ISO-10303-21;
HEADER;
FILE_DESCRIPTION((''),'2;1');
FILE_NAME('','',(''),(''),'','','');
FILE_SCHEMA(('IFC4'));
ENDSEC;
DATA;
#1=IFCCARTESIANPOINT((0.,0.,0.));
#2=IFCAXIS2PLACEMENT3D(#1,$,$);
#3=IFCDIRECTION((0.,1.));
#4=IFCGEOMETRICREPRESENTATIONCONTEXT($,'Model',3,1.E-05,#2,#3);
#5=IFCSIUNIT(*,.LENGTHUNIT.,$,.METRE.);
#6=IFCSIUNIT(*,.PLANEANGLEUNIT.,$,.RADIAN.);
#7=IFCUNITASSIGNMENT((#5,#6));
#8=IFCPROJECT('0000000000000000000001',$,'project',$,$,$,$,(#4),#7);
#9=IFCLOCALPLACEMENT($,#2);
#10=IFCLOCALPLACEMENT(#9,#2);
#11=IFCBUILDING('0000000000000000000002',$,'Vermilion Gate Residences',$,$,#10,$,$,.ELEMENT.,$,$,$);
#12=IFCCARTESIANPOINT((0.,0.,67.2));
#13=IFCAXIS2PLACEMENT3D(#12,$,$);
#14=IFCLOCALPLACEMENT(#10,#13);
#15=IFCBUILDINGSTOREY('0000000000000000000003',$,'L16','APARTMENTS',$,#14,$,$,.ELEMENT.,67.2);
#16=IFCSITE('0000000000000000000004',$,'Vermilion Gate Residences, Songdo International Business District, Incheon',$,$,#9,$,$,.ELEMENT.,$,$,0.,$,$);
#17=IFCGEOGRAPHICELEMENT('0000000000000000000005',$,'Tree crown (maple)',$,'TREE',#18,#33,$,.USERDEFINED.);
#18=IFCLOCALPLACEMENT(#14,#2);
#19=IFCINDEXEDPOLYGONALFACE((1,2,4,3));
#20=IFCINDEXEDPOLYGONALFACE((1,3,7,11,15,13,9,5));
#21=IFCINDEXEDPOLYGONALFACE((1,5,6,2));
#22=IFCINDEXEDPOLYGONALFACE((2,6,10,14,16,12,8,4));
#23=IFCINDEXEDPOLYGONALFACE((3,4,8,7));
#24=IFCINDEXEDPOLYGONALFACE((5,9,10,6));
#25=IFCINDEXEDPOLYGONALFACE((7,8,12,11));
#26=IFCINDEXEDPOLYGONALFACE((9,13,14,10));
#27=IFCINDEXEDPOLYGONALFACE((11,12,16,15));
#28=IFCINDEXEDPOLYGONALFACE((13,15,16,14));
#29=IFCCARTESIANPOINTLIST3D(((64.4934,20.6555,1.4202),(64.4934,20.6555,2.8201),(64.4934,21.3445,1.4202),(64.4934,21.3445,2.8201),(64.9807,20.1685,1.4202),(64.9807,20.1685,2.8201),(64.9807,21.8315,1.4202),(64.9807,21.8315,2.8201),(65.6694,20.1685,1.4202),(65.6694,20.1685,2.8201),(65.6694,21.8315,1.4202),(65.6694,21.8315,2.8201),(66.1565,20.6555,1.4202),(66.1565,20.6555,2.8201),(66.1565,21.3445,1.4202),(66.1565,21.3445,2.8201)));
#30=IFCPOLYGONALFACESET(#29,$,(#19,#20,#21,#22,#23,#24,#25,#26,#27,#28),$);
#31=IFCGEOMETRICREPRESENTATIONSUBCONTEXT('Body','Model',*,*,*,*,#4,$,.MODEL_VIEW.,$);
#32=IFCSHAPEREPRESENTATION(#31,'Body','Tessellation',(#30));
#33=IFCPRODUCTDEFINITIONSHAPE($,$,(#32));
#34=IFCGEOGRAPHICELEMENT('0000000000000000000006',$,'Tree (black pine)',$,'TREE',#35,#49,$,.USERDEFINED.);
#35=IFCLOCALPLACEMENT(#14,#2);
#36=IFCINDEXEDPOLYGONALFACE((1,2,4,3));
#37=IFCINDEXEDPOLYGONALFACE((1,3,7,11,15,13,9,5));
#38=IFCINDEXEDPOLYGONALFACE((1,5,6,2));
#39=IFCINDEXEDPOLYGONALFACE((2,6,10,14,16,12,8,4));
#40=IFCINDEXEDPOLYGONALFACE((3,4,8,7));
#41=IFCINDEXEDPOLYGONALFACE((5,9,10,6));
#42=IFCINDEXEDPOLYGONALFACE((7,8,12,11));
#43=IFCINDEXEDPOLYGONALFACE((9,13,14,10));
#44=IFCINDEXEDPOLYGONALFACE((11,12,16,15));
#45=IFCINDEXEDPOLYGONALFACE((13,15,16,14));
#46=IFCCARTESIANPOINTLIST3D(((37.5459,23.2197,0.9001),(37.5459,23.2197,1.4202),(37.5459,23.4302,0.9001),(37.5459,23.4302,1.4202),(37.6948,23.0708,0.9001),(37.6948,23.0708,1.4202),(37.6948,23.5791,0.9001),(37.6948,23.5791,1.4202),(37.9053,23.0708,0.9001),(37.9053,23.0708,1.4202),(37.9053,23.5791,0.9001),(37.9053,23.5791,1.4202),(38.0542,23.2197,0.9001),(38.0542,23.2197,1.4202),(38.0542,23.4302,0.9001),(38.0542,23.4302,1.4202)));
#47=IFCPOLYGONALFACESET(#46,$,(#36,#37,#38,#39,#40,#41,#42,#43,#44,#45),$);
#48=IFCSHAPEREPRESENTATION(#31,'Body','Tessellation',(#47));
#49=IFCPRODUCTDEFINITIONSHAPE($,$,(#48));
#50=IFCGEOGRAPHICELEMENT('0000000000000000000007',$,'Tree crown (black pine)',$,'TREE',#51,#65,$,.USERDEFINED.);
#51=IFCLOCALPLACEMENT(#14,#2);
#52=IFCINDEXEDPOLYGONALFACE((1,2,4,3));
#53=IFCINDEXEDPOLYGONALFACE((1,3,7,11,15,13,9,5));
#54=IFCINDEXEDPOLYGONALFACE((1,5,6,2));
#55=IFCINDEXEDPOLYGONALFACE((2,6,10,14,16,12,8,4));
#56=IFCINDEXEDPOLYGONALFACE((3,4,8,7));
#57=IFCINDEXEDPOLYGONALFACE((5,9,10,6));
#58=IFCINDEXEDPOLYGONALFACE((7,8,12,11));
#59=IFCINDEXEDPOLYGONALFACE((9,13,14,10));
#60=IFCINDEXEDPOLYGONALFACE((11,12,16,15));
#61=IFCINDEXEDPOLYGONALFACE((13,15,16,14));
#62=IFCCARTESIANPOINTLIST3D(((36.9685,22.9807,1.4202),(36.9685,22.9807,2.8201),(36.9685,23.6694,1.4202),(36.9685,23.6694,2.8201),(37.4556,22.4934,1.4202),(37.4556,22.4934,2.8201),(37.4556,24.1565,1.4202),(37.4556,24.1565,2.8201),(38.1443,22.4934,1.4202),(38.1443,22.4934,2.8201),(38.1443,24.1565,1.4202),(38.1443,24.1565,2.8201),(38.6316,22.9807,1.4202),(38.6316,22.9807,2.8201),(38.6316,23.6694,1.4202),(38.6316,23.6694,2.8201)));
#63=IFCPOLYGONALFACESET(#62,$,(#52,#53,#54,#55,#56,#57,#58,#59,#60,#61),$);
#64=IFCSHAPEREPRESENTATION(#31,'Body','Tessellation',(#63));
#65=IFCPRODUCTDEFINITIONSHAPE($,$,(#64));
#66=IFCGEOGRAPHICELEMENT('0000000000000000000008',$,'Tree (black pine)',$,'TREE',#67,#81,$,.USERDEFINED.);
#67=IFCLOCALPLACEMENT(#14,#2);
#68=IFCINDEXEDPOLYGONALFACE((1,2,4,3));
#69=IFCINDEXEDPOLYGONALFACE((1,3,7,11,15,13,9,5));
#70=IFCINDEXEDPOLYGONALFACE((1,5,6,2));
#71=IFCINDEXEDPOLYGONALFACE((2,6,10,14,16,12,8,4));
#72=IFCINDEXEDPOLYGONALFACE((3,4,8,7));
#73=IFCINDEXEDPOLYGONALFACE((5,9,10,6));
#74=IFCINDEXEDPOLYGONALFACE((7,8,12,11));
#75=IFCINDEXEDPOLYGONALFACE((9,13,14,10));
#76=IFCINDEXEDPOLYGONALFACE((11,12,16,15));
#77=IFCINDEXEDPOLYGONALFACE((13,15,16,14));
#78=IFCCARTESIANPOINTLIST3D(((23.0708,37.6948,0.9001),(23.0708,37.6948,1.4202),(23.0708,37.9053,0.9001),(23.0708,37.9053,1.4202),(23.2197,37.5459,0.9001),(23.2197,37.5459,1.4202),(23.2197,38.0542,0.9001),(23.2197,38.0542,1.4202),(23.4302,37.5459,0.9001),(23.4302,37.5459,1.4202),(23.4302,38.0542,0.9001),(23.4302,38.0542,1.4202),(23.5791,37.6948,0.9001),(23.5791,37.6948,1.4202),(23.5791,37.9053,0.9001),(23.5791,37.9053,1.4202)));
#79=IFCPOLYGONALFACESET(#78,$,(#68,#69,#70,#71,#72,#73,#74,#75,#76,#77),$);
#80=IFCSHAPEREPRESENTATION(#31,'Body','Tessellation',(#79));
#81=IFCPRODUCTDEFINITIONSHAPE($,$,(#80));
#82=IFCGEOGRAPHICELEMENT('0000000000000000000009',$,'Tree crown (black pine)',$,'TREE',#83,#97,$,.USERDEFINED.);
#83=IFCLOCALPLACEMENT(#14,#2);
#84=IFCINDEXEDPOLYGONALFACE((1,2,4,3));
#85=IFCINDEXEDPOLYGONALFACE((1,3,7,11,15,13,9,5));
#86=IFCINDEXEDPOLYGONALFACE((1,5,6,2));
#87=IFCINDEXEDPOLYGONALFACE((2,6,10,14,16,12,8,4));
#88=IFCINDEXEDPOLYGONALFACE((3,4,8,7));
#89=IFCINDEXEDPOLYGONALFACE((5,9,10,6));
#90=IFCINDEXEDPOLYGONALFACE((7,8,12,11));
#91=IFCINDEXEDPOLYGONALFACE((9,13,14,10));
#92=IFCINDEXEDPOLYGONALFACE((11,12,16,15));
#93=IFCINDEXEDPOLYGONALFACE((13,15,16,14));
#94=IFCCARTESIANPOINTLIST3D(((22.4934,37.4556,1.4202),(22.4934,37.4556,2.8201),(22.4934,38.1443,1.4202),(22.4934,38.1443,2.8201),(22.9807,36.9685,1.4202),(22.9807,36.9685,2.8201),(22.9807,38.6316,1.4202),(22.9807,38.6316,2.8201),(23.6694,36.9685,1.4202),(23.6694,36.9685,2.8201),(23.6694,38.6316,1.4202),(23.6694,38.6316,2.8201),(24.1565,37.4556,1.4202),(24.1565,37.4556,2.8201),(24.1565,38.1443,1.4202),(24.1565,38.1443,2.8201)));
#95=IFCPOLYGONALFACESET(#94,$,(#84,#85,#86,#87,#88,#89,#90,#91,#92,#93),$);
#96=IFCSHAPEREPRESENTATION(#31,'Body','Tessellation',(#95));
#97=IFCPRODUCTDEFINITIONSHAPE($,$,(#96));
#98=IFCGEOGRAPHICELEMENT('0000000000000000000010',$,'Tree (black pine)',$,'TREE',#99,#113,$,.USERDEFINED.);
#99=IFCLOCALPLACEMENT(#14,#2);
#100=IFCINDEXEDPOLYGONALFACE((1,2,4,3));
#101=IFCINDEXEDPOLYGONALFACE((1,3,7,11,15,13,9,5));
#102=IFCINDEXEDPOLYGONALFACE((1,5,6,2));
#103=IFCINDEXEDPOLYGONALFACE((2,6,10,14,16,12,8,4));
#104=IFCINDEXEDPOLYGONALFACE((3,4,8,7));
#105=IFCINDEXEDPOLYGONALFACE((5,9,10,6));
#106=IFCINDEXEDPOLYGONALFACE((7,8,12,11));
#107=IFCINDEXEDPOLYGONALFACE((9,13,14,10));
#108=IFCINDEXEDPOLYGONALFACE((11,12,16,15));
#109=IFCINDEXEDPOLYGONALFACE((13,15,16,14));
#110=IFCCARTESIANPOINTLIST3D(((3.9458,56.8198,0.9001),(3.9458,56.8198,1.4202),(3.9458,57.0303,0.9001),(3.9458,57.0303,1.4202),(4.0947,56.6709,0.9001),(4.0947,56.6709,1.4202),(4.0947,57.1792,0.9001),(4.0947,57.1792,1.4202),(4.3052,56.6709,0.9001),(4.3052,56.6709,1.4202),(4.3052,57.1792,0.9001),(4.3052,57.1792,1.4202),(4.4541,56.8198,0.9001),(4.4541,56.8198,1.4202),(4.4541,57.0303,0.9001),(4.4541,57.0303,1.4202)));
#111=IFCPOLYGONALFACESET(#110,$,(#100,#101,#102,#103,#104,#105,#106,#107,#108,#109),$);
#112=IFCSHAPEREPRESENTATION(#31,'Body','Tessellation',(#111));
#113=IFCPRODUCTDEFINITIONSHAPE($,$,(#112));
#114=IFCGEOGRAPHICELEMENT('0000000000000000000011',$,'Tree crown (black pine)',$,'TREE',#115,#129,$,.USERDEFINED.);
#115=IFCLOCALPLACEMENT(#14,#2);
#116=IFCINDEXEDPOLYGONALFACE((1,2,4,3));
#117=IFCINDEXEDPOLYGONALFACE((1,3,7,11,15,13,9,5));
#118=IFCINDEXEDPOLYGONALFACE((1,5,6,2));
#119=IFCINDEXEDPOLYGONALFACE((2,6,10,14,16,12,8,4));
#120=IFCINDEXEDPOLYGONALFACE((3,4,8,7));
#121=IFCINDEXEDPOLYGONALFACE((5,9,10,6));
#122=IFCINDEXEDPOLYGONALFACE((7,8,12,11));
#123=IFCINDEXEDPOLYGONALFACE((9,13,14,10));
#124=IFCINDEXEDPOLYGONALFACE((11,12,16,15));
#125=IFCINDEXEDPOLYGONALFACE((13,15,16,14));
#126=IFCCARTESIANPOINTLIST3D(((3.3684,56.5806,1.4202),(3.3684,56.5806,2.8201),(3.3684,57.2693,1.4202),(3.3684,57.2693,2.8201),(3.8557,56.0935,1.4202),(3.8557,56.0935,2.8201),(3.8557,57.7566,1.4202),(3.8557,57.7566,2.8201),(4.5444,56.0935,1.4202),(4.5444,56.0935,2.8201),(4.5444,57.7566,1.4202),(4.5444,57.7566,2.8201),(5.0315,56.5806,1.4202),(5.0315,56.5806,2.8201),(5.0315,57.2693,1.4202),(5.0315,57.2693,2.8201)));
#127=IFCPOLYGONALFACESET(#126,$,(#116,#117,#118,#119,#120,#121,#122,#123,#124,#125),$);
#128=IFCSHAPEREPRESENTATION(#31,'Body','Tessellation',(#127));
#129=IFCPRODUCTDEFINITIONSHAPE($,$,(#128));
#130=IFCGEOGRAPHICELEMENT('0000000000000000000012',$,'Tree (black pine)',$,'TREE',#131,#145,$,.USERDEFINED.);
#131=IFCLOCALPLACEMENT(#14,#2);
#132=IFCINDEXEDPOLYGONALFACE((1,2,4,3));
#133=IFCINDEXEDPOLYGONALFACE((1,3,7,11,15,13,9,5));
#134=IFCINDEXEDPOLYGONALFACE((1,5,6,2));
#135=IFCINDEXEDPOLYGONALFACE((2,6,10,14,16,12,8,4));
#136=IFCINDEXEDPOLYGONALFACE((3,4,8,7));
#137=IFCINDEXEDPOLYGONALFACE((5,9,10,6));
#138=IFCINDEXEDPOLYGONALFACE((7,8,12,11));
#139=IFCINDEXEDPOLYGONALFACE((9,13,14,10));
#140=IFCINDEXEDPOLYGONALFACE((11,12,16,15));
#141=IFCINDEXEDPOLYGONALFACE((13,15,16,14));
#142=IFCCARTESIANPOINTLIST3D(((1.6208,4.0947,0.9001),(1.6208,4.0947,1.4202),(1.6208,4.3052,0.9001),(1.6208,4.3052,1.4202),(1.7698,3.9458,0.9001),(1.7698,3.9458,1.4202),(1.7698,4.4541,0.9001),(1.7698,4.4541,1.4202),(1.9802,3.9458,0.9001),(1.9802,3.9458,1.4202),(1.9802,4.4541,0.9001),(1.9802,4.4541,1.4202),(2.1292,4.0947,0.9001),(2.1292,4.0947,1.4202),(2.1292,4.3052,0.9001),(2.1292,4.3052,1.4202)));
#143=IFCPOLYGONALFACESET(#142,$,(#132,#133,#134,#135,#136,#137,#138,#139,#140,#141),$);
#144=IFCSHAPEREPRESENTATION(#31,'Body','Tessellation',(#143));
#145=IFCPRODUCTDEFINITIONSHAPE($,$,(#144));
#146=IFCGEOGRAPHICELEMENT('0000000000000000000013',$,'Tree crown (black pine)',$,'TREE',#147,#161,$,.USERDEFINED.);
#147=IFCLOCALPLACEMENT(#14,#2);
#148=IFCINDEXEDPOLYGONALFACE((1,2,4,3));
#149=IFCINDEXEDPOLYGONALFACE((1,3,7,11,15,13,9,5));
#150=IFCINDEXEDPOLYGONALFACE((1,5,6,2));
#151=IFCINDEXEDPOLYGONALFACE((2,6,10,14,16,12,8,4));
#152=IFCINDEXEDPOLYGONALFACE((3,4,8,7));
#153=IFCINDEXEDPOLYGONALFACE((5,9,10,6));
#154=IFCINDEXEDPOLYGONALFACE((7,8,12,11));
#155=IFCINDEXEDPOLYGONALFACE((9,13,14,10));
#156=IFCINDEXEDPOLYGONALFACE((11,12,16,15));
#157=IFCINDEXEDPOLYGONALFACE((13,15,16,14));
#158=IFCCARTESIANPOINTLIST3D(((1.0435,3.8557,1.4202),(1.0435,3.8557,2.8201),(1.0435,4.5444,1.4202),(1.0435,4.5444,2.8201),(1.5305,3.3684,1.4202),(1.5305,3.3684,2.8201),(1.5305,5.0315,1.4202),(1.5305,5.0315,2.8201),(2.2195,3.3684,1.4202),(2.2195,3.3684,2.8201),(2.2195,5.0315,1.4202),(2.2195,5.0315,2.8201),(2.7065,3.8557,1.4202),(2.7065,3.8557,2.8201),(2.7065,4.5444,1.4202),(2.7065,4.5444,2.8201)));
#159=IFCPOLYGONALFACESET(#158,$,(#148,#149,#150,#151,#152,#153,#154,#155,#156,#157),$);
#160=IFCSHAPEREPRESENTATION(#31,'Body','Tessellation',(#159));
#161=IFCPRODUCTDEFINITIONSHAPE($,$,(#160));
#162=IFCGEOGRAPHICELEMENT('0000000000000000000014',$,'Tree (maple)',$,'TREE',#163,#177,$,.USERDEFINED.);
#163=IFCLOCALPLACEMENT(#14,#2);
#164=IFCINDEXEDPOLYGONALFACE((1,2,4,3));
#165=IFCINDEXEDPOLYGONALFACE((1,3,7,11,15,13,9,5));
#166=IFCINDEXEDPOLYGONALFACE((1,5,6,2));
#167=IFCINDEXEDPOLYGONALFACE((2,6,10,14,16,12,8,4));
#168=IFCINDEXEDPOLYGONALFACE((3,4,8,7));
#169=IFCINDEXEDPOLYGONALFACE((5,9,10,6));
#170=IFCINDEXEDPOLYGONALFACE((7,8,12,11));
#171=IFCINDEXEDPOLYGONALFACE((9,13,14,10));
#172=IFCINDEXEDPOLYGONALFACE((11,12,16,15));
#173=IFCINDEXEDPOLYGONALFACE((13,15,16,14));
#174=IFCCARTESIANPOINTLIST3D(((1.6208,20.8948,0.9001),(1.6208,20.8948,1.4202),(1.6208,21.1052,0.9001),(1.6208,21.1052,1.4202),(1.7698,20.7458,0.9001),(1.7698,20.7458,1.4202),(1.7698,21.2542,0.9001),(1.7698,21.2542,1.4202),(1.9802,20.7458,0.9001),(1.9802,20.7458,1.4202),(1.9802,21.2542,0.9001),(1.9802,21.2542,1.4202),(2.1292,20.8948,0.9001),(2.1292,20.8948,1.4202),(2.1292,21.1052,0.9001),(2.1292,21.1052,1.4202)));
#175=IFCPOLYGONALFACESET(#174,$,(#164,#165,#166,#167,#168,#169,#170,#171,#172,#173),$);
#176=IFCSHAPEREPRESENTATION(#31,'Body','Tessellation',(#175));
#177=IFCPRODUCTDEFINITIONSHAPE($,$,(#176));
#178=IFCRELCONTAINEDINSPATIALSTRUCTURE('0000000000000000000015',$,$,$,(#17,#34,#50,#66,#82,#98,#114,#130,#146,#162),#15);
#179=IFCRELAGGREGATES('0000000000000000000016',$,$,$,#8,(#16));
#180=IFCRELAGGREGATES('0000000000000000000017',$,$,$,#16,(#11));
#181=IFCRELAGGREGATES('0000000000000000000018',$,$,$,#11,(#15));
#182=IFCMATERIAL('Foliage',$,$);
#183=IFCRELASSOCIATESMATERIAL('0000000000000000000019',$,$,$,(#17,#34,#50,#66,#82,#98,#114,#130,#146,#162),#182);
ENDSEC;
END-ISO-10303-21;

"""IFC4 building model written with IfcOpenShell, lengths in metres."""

from ifc_helpers import new_model, si_unit, direction, frame, origin, place, context, subcontext, project, spatial, polyline, outline, extrude, material, element, save


model = new_model("IFC4")

# Units and contexts
model_context = context("Model", 3, precision=1e-05, world=origin(), true_north=direction((0.0, 1.0)))
body_context = subcontext(model_context, "Body", "Model", "MODEL_VIEW")
ifc_project = project(units=[si_unit("LENGTHUNIT", "METRE"), si_unit("PLANEANGLEUNIT", "RADIAN")], contexts=[model_context])

# Site, building, storey
site_placement = place(None, origin())
site = spatial("IfcSite", under=ifc_project, at=site_placement, Name="Vermilion Gate Residences, Songdo International Business District, Incheon", CompositionType="ELEMENT", RefElevation=0.0)
building_placement = place(site_placement, origin())
building = spatial("IfcBuilding", under=site, at=building_placement, Name="Vermilion Gate Residences", CompositionType="ELEMENT")
storey_placement = place(building_placement, frame((0.0, 0.0, 67.2)))
storey = spatial("IfcBuildingStorey", under=building, at=storey_placement, Name="L16", Description="APARTMENTS", CompositionType="ELEMENT", Elevation=67.2)

# Geographic elements
ifc_material = material(Name="Foliage")
geographic_element_1_placement = place(storey_placement, frame((0.0, 0.0, 1.4202)))
element("IfcGeographicElement", 1, at=geographic_element_1_placement, inside=storey, material=ifc_material, Name="Tree crown (maple)", ObjectType="TREE", PredefinedType="USERDEFINED", context=body_context, shape_type="SweptSolid", body=[
    extrude(outline(polyline([(66.1565, 21.3445), (65.6694, 21.8315), (64.9807, 21.8315), (64.4934, 21.3445), (64.4934, 20.6555), (64.9807, 20.1685), (65.6694, 20.1685), (66.1565, 20.6555), (66.1565, 21.3445)])), origin(), (0.0, 0.0, 1.0), 1.3999),
])
geographic_element_2_placement = place(storey_placement, frame((0.0, 0.0, 0.9001)))
element("IfcGeographicElement", 2, at=geographic_element_2_placement, inside=storey, material=ifc_material, Name="Tree (black pine)", ObjectType="TREE", PredefinedType="USERDEFINED", context=body_context, shape_type="SweptSolid", body=[
    extrude(outline(polyline([(38.0542, 23.4302), (37.9053, 23.5791), (37.6948, 23.5791), (37.5459, 23.4302), (37.5459, 23.2197), (37.6948, 23.0708), (37.9053, 23.0708), (38.0542, 23.2197), (38.0542, 23.4302)])), origin(), (0.0, 0.0, 1.0), 0.52),
])
geographic_element_3_placement = place(storey_placement, frame((0.0, 0.0, 1.4202)))
element("IfcGeographicElement", 3, at=geographic_element_3_placement, inside=storey, material=ifc_material, Name="Tree crown (black pine)", ObjectType="TREE", PredefinedType="USERDEFINED", context=body_context, shape_type="SweptSolid", body=[
    extrude(outline(polyline([(38.6316, 23.6694), (38.1443, 24.1565), (37.4556, 24.1565), (36.9685, 23.6694), (36.9685, 22.9807), (37.4556, 22.4934), (38.1443, 22.4934), (38.6316, 22.9807), (38.6316, 23.6694)])), origin(), (0.0, 0.0, 1.0), 1.3999),
])
geographic_element_4_placement = place(storey_placement, frame((0.0, 0.0, 0.9001)))
element("IfcGeographicElement", 4, at=geographic_element_4_placement, inside=storey, material=ifc_material, Name="Tree (black pine)", ObjectType="TREE", PredefinedType="USERDEFINED", context=body_context, shape_type="SweptSolid", body=[
    extrude(outline(polyline([(23.5791, 37.9053), (23.4302, 38.0542), (23.2197, 38.0542), (23.0708, 37.9053), (23.0708, 37.6948), (23.2197, 37.5459), (23.4302, 37.5459), (23.5791, 37.6948), (23.5791, 37.9053)])), origin(), (0.0, 0.0, 1.0), 0.52),
])
geographic_element_5_placement = place(storey_placement, frame((0.0, 0.0, 1.4202)))
element("IfcGeographicElement", 5, at=geographic_element_5_placement, inside=storey, material=ifc_material, Name="Tree crown (black pine)", ObjectType="TREE", PredefinedType="USERDEFINED", context=body_context, shape_type="SweptSolid", body=[
    extrude(outline(polyline([(24.1565, 38.1443), (23.6694, 38.6316), (22.9807, 38.6316), (22.4934, 38.1443), (22.4934, 37.4556), (22.9807, 36.9685), (23.6694, 36.9685), (24.1565, 37.4556), (24.1565, 38.1443)])), origin(), (0.0, 0.0, 1.0), 1.3999),
])
geographic_element_6_placement = place(storey_placement, frame((0.0, 0.0, 0.9001)))
element("IfcGeographicElement", 6, at=geographic_element_6_placement, inside=storey, material=ifc_material, Name="Tree (black pine)", ObjectType="TREE", PredefinedType="USERDEFINED", context=body_context, shape_type="SweptSolid", body=[
    extrude(outline(polyline([(4.4541, 57.0303), (4.3052, 57.1792), (4.0947, 57.1792), (3.9458, 57.0303), (3.9458, 56.8198), (4.0947, 56.6709), (4.3052, 56.6709), (4.4541, 56.8198), (4.4541, 57.0303)])), origin(), (0.0, 0.0, 1.0), 0.52),
])
geographic_element_7_placement = place(storey_placement, frame((0.0, 0.0, 1.4202)))
element("IfcGeographicElement", 7, at=geographic_element_7_placement, inside=storey, material=ifc_material, Name="Tree crown (black pine)", ObjectType="TREE", PredefinedType="USERDEFINED", context=body_context, shape_type="SweptSolid", body=[
    extrude(outline(polyline([(5.0315, 57.2693), (4.5444, 57.7566), (3.8557, 57.7566), (3.3684, 57.2693), (3.3684, 56.5806), (3.8557, 56.0935), (4.5444, 56.0935), (5.0315, 56.5806), (5.0315, 57.2693)])), origin(), (0.0, 0.0, 1.0), 1.3999),
])
geographic_element_8_placement = place(storey_placement, frame((0.0, 0.0, 0.9001)))
element("IfcGeographicElement", 8, at=geographic_element_8_placement, inside=storey, material=ifc_material, Name="Tree (black pine)", ObjectType="TREE", PredefinedType="USERDEFINED", context=body_context, shape_type="SweptSolid", body=[
    extrude(outline(polyline([(2.1292, 4.3052), (1.9802, 4.4541), (1.7698, 4.4541), (1.6208, 4.3052), (1.6208, 4.0947), (1.7698, 3.9458), (1.9802, 3.9458), (2.1292, 4.0947), (2.1292, 4.3052)])), origin(), (0.0, 0.0, 1.0), 0.52),
])
geographic_element_9_placement = place(storey_placement, frame((0.0, 0.0, 1.4202)))
element("IfcGeographicElement", 9, at=geographic_element_9_placement, inside=storey, material=ifc_material, Name="Tree crown (black pine)", ObjectType="TREE", PredefinedType="USERDEFINED", context=body_context, shape_type="SweptSolid", body=[
    extrude(outline(polyline([(2.7065, 4.5444), (2.2195, 5.0315), (1.5305, 5.0315), (1.0435, 4.5444), (1.0435, 3.8557), (1.5305, 3.3684), (2.2195, 3.3684), (2.7065, 3.8557), (2.7065, 4.5444)])), origin(), (0.0, 0.0, 1.0), 1.3999),
])
geographic_element_10_placement = place(storey_placement, frame((0.0, 0.0, 0.9001)))
element("IfcGeographicElement", 10, at=geographic_element_10_placement, inside=storey, material=ifc_material, Name="Tree (maple)", ObjectType="TREE", PredefinedType="USERDEFINED", context=body_context, shape_type="SweptSolid", body=[
    extrude(outline(polyline([(2.1292, 21.1052), (1.9802, 21.2542), (1.7698, 21.2542), (1.6208, 21.1052), (1.6208, 20.8948), (1.7698, 20.7458), (1.9802, 20.7458), (2.1292, 20.8948), (2.1292, 21.1052)])), origin(), (0.0, 0.0, 1.0), 0.52),
])

save(model, "model.ifc")
